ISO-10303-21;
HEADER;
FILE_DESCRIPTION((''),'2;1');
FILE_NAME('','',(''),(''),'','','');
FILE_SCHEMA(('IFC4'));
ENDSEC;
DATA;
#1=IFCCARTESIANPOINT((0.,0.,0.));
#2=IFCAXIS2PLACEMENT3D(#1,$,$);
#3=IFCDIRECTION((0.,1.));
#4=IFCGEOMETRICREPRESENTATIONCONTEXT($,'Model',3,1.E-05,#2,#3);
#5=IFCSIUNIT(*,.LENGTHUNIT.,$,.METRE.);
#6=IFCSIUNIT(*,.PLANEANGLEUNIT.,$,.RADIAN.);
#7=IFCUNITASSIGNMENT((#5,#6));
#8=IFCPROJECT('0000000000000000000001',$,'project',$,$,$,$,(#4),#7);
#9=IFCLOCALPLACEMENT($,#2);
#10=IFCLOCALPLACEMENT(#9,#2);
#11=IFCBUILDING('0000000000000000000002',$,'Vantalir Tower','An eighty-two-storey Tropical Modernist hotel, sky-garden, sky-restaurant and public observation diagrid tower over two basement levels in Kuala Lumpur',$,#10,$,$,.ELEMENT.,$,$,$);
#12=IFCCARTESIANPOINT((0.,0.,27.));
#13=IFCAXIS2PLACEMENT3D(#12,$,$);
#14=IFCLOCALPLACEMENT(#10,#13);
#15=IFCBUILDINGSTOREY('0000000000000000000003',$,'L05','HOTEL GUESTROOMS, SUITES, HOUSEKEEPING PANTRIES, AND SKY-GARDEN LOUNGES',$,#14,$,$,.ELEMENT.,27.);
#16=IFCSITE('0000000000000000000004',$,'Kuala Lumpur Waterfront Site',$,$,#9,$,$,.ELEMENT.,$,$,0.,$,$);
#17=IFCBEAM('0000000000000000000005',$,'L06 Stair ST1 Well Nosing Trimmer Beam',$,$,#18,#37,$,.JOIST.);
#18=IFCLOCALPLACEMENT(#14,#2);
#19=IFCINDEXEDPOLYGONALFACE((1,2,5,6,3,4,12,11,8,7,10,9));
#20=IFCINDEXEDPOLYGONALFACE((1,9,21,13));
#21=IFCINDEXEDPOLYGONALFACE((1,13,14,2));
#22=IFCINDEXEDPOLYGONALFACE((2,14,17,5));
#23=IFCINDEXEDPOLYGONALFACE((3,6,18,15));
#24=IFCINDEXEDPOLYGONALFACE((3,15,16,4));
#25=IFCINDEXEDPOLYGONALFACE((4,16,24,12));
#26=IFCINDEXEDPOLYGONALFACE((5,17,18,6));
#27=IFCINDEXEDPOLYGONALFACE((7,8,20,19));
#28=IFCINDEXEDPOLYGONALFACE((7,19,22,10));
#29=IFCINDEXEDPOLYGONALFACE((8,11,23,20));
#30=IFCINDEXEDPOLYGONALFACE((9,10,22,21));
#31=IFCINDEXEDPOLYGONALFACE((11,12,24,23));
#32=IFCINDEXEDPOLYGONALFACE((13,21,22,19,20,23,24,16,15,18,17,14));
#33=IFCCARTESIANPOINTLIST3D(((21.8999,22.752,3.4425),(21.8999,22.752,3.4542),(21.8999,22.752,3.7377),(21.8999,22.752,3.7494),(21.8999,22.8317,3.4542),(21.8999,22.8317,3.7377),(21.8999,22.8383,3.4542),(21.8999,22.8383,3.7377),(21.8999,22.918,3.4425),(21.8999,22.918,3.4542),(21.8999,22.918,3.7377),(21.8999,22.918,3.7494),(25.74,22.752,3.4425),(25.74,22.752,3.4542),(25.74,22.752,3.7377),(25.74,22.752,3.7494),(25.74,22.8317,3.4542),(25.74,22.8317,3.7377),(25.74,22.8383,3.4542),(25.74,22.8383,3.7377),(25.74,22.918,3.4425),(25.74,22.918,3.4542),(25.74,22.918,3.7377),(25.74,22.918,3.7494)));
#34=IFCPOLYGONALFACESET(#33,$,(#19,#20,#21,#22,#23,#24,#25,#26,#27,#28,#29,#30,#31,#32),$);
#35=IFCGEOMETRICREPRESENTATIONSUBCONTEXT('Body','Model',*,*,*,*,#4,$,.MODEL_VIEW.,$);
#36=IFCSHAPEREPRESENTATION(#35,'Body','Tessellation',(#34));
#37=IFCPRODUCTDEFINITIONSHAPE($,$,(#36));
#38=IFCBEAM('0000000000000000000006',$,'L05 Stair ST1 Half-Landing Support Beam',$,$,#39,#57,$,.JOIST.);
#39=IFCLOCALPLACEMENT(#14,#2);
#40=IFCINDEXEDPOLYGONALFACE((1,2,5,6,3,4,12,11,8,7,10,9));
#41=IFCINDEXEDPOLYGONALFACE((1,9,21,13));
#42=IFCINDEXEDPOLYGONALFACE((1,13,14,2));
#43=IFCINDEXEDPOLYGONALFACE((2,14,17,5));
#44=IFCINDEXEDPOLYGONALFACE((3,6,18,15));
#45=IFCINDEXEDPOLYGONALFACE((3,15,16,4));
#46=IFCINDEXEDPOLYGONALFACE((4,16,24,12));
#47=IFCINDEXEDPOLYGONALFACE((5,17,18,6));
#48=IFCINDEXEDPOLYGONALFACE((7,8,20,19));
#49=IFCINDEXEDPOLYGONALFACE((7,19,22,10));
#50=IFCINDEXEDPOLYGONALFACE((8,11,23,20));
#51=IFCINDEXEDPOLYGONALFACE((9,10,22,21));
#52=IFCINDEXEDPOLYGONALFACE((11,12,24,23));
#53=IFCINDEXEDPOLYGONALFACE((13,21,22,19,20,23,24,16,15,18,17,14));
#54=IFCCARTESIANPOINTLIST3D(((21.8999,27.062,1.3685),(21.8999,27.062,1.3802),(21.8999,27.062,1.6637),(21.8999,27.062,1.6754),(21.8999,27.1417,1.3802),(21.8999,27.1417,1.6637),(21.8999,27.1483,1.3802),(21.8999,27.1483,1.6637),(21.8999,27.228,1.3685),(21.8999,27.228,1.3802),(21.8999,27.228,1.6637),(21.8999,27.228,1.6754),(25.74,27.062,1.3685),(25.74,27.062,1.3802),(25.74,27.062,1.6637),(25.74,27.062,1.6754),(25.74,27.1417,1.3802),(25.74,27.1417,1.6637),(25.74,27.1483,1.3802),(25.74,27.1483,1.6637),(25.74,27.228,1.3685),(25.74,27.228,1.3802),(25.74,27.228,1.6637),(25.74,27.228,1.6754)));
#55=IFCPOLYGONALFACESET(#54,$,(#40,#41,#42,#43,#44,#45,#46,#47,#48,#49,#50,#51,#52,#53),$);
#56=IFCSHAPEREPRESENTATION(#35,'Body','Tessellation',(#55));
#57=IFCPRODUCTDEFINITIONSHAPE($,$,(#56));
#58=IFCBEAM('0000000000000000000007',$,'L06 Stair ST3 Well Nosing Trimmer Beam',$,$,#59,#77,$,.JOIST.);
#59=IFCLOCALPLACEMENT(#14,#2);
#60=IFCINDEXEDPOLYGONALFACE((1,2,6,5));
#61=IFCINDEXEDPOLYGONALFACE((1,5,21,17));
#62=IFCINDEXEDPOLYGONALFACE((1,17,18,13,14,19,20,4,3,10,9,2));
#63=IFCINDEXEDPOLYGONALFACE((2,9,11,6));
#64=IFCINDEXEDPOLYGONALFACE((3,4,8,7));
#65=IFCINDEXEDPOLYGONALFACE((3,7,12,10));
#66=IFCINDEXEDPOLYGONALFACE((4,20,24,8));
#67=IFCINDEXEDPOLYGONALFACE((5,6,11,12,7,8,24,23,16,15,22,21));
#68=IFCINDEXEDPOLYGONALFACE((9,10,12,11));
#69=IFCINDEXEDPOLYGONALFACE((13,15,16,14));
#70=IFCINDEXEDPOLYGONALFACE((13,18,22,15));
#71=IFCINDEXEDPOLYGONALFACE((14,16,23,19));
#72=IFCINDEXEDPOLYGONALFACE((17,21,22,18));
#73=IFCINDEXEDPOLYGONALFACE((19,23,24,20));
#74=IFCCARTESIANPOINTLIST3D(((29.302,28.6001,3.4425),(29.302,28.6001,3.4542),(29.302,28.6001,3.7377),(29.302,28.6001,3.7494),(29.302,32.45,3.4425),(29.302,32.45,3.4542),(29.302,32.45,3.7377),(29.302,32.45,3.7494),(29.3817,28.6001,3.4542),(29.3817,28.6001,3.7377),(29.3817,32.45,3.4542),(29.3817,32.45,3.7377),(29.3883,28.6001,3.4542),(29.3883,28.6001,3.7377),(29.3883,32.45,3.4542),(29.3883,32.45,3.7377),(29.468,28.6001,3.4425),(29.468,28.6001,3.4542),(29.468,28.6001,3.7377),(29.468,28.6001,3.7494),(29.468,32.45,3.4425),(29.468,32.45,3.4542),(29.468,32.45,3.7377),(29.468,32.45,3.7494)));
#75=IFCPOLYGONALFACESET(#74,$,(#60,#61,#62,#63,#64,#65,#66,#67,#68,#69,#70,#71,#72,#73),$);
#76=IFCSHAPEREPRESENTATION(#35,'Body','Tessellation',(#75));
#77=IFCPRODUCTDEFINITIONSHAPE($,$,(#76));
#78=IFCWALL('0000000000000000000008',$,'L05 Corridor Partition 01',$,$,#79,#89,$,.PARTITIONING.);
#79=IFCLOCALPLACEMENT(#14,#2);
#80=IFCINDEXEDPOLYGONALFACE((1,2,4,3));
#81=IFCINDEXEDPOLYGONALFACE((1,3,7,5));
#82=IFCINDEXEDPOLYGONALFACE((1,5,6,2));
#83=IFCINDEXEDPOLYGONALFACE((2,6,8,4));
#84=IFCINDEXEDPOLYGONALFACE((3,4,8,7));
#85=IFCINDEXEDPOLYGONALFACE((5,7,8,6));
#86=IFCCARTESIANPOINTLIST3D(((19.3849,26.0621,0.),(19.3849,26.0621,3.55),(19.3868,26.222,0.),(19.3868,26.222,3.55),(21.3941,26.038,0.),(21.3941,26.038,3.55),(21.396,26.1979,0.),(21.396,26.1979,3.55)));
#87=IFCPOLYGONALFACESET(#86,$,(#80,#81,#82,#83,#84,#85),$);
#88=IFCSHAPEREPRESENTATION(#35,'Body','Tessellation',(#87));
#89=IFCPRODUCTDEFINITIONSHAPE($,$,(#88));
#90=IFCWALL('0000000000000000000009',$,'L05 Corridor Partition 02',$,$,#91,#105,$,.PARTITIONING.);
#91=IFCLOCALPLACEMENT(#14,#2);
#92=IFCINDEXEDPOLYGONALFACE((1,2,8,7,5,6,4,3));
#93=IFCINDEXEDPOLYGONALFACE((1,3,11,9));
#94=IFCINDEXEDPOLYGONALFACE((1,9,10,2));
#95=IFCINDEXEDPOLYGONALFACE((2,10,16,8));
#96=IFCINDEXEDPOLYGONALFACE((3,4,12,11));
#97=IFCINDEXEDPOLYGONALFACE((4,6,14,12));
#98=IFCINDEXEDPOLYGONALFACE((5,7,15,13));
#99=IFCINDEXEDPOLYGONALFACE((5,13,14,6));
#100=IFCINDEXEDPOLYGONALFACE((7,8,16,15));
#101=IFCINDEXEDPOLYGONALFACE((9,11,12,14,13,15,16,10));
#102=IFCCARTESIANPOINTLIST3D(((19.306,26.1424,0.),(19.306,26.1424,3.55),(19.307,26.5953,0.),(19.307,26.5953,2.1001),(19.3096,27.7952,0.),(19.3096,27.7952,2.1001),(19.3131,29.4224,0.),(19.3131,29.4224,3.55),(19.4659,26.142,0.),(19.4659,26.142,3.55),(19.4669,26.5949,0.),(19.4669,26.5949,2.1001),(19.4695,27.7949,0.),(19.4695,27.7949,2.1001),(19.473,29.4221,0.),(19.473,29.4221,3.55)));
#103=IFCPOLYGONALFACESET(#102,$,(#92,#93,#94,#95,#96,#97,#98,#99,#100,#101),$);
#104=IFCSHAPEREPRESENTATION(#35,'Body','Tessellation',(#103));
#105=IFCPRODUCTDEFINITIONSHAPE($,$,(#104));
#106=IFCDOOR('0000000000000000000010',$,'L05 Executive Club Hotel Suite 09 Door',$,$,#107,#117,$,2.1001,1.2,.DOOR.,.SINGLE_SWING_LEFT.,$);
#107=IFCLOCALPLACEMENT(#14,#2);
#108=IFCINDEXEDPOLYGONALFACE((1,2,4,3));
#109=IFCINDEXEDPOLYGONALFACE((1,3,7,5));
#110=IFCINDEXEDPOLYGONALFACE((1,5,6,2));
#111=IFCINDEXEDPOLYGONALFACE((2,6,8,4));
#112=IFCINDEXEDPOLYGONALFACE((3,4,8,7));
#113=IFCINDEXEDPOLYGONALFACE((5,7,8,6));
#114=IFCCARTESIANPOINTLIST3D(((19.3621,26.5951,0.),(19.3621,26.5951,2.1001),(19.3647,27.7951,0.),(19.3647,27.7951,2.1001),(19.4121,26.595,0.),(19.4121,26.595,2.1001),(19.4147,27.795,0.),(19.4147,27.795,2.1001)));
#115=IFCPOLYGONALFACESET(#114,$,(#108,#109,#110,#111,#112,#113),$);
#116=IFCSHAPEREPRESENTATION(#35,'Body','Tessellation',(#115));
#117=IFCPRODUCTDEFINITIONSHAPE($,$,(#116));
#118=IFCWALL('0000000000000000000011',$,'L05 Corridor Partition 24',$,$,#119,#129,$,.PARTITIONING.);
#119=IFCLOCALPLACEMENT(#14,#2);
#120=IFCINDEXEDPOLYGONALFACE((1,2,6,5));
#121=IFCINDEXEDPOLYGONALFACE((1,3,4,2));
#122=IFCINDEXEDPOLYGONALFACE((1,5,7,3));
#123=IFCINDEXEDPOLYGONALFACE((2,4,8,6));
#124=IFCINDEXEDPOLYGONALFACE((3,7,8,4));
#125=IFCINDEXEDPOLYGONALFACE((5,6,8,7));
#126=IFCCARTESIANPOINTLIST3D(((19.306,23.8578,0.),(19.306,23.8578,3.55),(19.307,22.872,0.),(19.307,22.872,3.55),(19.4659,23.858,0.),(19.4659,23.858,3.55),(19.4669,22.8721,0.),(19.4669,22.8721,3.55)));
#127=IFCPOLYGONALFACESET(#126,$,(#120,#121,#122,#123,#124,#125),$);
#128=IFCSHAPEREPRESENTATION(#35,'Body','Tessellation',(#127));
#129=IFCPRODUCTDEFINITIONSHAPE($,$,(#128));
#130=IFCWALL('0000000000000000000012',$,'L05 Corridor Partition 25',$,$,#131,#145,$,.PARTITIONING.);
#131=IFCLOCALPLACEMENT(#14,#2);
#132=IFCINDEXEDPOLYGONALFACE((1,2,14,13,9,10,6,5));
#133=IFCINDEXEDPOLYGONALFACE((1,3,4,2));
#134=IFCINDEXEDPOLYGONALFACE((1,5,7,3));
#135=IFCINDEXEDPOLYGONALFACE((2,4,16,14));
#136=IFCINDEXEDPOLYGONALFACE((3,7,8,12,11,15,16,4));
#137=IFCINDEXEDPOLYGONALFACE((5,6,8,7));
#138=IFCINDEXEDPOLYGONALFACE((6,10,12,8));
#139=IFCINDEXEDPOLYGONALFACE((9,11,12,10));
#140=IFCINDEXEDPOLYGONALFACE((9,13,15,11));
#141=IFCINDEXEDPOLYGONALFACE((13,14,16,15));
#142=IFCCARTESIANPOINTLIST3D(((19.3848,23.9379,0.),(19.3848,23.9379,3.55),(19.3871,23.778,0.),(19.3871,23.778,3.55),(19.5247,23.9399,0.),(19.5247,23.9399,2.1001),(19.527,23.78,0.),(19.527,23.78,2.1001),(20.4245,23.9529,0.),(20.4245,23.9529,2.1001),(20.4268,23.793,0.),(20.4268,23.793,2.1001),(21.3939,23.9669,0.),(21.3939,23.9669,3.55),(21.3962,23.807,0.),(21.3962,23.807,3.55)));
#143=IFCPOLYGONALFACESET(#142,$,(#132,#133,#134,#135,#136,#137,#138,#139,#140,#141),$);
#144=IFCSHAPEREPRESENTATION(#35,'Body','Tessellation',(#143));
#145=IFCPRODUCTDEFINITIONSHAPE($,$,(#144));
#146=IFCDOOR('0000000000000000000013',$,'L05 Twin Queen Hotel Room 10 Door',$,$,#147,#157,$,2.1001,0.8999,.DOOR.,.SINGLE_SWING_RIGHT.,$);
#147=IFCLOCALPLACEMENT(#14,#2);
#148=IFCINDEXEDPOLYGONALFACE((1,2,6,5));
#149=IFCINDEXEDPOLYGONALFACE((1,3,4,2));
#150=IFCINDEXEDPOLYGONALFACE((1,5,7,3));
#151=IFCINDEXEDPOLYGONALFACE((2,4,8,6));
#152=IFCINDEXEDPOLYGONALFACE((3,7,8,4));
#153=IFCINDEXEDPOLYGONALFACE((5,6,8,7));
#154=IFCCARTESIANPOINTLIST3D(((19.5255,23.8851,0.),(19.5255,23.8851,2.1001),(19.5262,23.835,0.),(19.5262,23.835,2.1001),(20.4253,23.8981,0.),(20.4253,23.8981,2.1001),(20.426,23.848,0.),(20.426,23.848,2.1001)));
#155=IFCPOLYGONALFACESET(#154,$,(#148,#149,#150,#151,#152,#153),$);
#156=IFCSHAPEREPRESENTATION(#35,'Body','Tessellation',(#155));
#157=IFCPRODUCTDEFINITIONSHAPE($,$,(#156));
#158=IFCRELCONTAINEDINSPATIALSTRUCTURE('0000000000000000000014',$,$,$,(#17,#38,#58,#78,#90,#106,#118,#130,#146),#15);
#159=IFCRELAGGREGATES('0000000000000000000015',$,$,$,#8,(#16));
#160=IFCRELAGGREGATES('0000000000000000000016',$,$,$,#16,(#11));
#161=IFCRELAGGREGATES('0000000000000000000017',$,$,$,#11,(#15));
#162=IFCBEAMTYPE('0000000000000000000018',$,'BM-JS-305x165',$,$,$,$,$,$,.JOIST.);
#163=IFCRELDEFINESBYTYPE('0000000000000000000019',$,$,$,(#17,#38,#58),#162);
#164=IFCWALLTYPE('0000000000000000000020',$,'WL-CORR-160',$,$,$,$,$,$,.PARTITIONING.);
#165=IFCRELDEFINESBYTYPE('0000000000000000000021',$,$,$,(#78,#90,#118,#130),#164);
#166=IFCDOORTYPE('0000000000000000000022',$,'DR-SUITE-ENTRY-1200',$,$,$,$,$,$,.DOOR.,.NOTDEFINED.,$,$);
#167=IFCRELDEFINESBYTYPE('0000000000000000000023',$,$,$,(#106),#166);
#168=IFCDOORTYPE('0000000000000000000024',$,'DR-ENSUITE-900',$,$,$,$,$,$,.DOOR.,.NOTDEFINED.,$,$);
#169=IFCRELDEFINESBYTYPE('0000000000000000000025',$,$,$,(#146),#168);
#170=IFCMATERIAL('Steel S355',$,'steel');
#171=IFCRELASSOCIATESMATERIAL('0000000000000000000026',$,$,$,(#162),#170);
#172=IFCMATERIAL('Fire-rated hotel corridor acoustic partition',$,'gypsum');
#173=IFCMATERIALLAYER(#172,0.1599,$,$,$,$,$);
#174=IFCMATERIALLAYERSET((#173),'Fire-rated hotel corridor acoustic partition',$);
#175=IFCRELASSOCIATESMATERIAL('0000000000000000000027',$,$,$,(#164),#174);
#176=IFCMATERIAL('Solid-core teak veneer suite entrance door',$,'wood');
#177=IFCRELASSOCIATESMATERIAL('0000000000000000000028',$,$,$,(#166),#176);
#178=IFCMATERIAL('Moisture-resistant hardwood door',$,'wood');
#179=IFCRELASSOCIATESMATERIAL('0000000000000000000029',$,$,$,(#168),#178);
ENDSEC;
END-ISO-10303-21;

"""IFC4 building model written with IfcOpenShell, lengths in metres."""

from ifc_helpers import new_model, si_unit, direction, frame, frame_2d, origin, origin_2d, place, context, subcontext, project, spatial, rectangle, i_section, extrude, material, layer, layer_set, material_profile, profile_set, type_object, element, fill, save


model = new_model("IFC4")

# Units and contexts
model_context = context("Model", 3, precision=1e-05, world=origin(), true_north=direction((0.0, 1.0)))
body_context = subcontext(model_context, "Body", "Model", "MODEL_VIEW")
ifc_project = project(units=[si_unit("LENGTHUNIT", "METRE"), si_unit("PLANEANGLEUNIT", "RADIAN")], contexts=[model_context])

# Site, building, storey
site_placement = place(None, origin())
site = spatial("IfcSite", under=ifc_project, at=site_placement, Name="Kuala Lumpur Waterfront Site", CompositionType="ELEMENT", RefElevation=0.0)
building_placement = place(site_placement, origin())
building = spatial("IfcBuilding", under=site, at=building_placement, Name="Vantalir Tower", Description="An eighty-two-storey Tropical Modernist hotel, sky-garden, sky-restaurant and public observation diagrid tower over two basement levels in Kuala Lumpur", CompositionType="ELEMENT")
storey_placement = place(building_placement, frame((0.0, 0.0, 27.0)))
storey = spatial("IfcBuildingStorey", under=building, at=storey_placement, Name="L05", Description="HOTEL GUESTROOMS, SUITES, HOUSEKEEPING PANTRIES, AND SKY-GARDEN LOUNGES", CompositionType="ELEMENT", Elevation=27.0)

# Beams
ifc_material_1 = material(Name="Steel S355", Category="steel")
ifc_material_profile = material_profile(ifc_material_1, i_section(OverallWidth=0.166, OverallDepth=0.3069, WebThickness=0.0066, FlangeThickness=0.0117, at=origin_2d()), Name="Steel S355")
ifc_profile_set = profile_set([ifc_material_profile], Name="Steel S355")
beam_type = type_object("IfcBeamType", Name="BM-JS-305x165", PredefinedType="JOIST", material=ifc_profile_set)
for number, where, z_axis, x_axis, name in (
    (1, (21.8999, 22.835, 3.5959), (1.0, 0.0, 0.0), (0.0, 1.0, 0.0), "L06 Stair ST1 Well Nosing Trimmer Beam"),
    (2, (21.8999, 27.145, 1.522), (1.0, 0.0, 0.0), (0.0, 1.0, 0.0), "L05 Stair ST1 Half-Landing Support Beam"),
):
    element("IfcBeam", number, at=place(storey_placement, frame(where, z_axis=z_axis, x_axis=x_axis)), inside=storey, type_object=beam_type, Name=name, PredefinedType="JOIST", context=body_context, shape_type="SweptSolid", body=[
        extrude(i_section(OverallWidth=0.166, OverallDepth=0.3069, WebThickness=0.0066, FlangeThickness=0.0117, at=origin_2d()), origin(), (0.0, 0.0, 1.0), 3.8401),
    ])
beam_placement = place(storey_placement, frame((29.385, 28.6001, 3.5959), z_axis=(0.0, 1.0, 0.0), x_axis=(-1.0, 0.0, 0.0)))
element("IfcBeam", 3, at=beam_placement, inside=storey, type_object=beam_type, Name="L06 Stair ST3 Well Nosing Trimmer Beam", PredefinedType="JOIST", context=body_context, shape_type="SweptSolid", body=[
    extrude(i_section(OverallWidth=0.166, OverallDepth=0.3069, WebThickness=0.0066, FlangeThickness=0.0117, at=origin_2d()), origin(), (0.0, 0.0, 1.0), 3.8499),
])

# Wall
ifc_material_2 = material(Name="Fire-rated hotel corridor acoustic partition", Category="gypsum")
ifc_layer_1 = layer(ifc_material_2, 0.1599)
ifc_layer_set_1 = layer_set([ifc_layer_1], Name="Fire-rated hotel corridor acoustic partition")
wall_type_1 = type_object("IfcWallType", Name="WL-CORR-160", PredefinedType="PARTITIONING", material=ifc_layer_set_1)
wall_1_placement = place(storey_placement, frame((21.395, 26.1179, 0.0), z_axis=(0.0, 0.0, 1.0), x_axis=(-0.999928, 0.01203, 0.0)))
element("IfcWall", 4, at=wall_1_placement, inside=storey, type_object=wall_type_1, Name="L05 Corridor Partition 01", PredefinedType="PARTITIONING", context=body_context, shape_type="SweptSolid", body=[
    extrude(rectangle(XDim=2.0093, YDim=0.1599, at=frame_2d((1.0046, 0.0))), origin(), (0.0, 0.0, 1.0), 3.55),
])

# Wall, opening, door
wall_2_placement = place(storey_placement, frame((19.386, 26.1421, 0.0), z_axis=(0.0, 0.0, 1.0), x_axis=(0.002159, 0.999998, 0.0)))
wall_2 = element("IfcWall", 5, at=wall_2_placement, inside=storey, type_object=wall_type_1, Name="L05 Corridor Partition 02", PredefinedType="PARTITIONING", context=body_context, shape_type="SweptSolid", body=[
    extrude(rectangle(XDim=3.28, YDim=0.1599, at=frame_2d((1.6401, 0.0))), origin(), (0.0, 0.0, 1.0), 3.55),
])
opening_1_placement = place(wall_2_placement, frame((0.4529, 0.0, 0.0)))
opening_1 = element("IfcOpeningElement", 6, at=opening_1_placement, cuts=wall_2, PredefinedType="OPENING", context=body_context, shape_type="SweptSolid", body=[
    extrude(rectangle(XDim=1.2, YDim=2.1001, at=frame_2d((0.6001, 1.05))), frame((0.0, 0.0898, 0.0), z_axis=(0.0, -1.0, 0.0), x_axis=(1.0, 0.0, 0.0)), (0.0, 0.0, 1.0), 0.1799),
])
ifc_material_3 = material(Name="Solid-core teak veneer suite entrance door", Category="wood")
door_type_1 = type_object("IfcDoorType", Name="DR-SUITE-ENTRY-1200", OperationType="NOTDEFINED", PredefinedType="DOOR", material=ifc_material_3)
door_1_placement = place(opening_1_placement, origin())
door_1 = element("IfcDoor", 7, at=door_1_placement, inside=storey, type_object=door_type_1, Name="L05 Executive Club Hotel Suite 09 Door", OperationType="SINGLE_SWING_LEFT", OverallHeight=2.1001, OverallWidth=1.2, PredefinedType="DOOR", context=body_context, shape_type="SweptSolid", body=[
    extrude(rectangle(XDim=1.2, YDim=2.1001, at=frame_2d((0.6001, 1.05))), frame((0.0, 0.0249, 0.0), z_axis=(0.0, -1.0, 0.0), x_axis=(1.0, 0.0, 0.0)), (0.0, 0.0, 1.0), 0.05),
])
fill(opening_1, door_1)

# Wall
wall_3_placement = place(storey_placement, frame((19.387, 22.8721, 0.0), z_axis=(0.0, 0.0, 1.0), x_axis=(-0.000991, 1.0, 0.0)))
element("IfcWall", 8, at=wall_3_placement, inside=storey, type_object=wall_type_1, Name="L05 Corridor Partition 24", PredefinedType="PARTITIONING", context=body_context, shape_type="SweptSolid", body=[
    extrude(rectangle(XDim=0.9858, YDim=0.1599, at=frame_2d((0.4929, 0.0))), origin(), (0.0, 0.0, 1.0), 3.55),
])

# Wall, opening, door
wall_4_placement = place(storey_placement, frame((19.386, 23.8579, 0.0), z_axis=(0.0, 0.0, 1.0), x_axis=(0.999895, 0.01446, 0.0)))
wall_4 = element("IfcWall", 9, at=wall_4_placement, inside=storey, type_object=wall_type_1, Name="L05 Corridor Partition 25", PredefinedType="PARTITIONING", context=body_context, shape_type="SweptSolid", body=[
    extrude(rectangle(XDim=2.0093, YDim=0.1599, at=frame_2d((1.0046, 0.0))), origin(), (0.0, 0.0, 1.0), 3.55),
])
opening_2_placement = place(wall_4_placement, frame((0.1399, 0.0, 0.0)))
opening_2 = element("IfcOpeningElement", 10, at=opening_2_placement, cuts=wall_4, PredefinedType="OPENING", context=body_context, shape_type="SweptSolid", body=[
    extrude(rectangle(XDim=0.8999, YDim=2.1001, at=frame_2d((0.45, 1.05))), frame((0.0, 0.0898, 0.0), z_axis=(0.0, -1.0, 0.0), x_axis=(1.0, 0.0, 0.0)), (0.0, 0.0, 1.0), 0.1799),
])
ifc_material_4 = material(Name="Moisture-resistant hardwood door", Category="wood")
door_type_2 = type_object("IfcDoorType", Name="DR-ENSUITE-900", OperationType="NOTDEFINED", PredefinedType="DOOR", material=ifc_material_4)
door_2_placement = place(opening_2_placement, frame((0.8999, 0.0, 0.0), z_axis=(0.0, 0.0, 1.0), x_axis=(-1.0, 0.0, 0.0)))
door_2 = element("IfcDoor", 11, at=door_2_placement, inside=storey, type_object=door_type_2, Name="L05 Twin Queen Hotel Room 10 Door", OperationType="SINGLE_SWING_RIGHT", OverallHeight=2.1001, OverallWidth=0.8999, PredefinedType="DOOR", context=body_context, shape_type="SweptSolid", body=[
    extrude(rectangle(XDim=0.8999, YDim=2.1001, at=frame_2d((0.45, 1.05))), frame((0.0, 0.0249, 0.0), z_axis=(0.0, -1.0, 0.0), x_axis=(1.0, 0.0, 0.0)), (0.0, 0.0, 1.0), 0.05),
])
fill(opening_2, door_2)

save(model, "model.ifc")
